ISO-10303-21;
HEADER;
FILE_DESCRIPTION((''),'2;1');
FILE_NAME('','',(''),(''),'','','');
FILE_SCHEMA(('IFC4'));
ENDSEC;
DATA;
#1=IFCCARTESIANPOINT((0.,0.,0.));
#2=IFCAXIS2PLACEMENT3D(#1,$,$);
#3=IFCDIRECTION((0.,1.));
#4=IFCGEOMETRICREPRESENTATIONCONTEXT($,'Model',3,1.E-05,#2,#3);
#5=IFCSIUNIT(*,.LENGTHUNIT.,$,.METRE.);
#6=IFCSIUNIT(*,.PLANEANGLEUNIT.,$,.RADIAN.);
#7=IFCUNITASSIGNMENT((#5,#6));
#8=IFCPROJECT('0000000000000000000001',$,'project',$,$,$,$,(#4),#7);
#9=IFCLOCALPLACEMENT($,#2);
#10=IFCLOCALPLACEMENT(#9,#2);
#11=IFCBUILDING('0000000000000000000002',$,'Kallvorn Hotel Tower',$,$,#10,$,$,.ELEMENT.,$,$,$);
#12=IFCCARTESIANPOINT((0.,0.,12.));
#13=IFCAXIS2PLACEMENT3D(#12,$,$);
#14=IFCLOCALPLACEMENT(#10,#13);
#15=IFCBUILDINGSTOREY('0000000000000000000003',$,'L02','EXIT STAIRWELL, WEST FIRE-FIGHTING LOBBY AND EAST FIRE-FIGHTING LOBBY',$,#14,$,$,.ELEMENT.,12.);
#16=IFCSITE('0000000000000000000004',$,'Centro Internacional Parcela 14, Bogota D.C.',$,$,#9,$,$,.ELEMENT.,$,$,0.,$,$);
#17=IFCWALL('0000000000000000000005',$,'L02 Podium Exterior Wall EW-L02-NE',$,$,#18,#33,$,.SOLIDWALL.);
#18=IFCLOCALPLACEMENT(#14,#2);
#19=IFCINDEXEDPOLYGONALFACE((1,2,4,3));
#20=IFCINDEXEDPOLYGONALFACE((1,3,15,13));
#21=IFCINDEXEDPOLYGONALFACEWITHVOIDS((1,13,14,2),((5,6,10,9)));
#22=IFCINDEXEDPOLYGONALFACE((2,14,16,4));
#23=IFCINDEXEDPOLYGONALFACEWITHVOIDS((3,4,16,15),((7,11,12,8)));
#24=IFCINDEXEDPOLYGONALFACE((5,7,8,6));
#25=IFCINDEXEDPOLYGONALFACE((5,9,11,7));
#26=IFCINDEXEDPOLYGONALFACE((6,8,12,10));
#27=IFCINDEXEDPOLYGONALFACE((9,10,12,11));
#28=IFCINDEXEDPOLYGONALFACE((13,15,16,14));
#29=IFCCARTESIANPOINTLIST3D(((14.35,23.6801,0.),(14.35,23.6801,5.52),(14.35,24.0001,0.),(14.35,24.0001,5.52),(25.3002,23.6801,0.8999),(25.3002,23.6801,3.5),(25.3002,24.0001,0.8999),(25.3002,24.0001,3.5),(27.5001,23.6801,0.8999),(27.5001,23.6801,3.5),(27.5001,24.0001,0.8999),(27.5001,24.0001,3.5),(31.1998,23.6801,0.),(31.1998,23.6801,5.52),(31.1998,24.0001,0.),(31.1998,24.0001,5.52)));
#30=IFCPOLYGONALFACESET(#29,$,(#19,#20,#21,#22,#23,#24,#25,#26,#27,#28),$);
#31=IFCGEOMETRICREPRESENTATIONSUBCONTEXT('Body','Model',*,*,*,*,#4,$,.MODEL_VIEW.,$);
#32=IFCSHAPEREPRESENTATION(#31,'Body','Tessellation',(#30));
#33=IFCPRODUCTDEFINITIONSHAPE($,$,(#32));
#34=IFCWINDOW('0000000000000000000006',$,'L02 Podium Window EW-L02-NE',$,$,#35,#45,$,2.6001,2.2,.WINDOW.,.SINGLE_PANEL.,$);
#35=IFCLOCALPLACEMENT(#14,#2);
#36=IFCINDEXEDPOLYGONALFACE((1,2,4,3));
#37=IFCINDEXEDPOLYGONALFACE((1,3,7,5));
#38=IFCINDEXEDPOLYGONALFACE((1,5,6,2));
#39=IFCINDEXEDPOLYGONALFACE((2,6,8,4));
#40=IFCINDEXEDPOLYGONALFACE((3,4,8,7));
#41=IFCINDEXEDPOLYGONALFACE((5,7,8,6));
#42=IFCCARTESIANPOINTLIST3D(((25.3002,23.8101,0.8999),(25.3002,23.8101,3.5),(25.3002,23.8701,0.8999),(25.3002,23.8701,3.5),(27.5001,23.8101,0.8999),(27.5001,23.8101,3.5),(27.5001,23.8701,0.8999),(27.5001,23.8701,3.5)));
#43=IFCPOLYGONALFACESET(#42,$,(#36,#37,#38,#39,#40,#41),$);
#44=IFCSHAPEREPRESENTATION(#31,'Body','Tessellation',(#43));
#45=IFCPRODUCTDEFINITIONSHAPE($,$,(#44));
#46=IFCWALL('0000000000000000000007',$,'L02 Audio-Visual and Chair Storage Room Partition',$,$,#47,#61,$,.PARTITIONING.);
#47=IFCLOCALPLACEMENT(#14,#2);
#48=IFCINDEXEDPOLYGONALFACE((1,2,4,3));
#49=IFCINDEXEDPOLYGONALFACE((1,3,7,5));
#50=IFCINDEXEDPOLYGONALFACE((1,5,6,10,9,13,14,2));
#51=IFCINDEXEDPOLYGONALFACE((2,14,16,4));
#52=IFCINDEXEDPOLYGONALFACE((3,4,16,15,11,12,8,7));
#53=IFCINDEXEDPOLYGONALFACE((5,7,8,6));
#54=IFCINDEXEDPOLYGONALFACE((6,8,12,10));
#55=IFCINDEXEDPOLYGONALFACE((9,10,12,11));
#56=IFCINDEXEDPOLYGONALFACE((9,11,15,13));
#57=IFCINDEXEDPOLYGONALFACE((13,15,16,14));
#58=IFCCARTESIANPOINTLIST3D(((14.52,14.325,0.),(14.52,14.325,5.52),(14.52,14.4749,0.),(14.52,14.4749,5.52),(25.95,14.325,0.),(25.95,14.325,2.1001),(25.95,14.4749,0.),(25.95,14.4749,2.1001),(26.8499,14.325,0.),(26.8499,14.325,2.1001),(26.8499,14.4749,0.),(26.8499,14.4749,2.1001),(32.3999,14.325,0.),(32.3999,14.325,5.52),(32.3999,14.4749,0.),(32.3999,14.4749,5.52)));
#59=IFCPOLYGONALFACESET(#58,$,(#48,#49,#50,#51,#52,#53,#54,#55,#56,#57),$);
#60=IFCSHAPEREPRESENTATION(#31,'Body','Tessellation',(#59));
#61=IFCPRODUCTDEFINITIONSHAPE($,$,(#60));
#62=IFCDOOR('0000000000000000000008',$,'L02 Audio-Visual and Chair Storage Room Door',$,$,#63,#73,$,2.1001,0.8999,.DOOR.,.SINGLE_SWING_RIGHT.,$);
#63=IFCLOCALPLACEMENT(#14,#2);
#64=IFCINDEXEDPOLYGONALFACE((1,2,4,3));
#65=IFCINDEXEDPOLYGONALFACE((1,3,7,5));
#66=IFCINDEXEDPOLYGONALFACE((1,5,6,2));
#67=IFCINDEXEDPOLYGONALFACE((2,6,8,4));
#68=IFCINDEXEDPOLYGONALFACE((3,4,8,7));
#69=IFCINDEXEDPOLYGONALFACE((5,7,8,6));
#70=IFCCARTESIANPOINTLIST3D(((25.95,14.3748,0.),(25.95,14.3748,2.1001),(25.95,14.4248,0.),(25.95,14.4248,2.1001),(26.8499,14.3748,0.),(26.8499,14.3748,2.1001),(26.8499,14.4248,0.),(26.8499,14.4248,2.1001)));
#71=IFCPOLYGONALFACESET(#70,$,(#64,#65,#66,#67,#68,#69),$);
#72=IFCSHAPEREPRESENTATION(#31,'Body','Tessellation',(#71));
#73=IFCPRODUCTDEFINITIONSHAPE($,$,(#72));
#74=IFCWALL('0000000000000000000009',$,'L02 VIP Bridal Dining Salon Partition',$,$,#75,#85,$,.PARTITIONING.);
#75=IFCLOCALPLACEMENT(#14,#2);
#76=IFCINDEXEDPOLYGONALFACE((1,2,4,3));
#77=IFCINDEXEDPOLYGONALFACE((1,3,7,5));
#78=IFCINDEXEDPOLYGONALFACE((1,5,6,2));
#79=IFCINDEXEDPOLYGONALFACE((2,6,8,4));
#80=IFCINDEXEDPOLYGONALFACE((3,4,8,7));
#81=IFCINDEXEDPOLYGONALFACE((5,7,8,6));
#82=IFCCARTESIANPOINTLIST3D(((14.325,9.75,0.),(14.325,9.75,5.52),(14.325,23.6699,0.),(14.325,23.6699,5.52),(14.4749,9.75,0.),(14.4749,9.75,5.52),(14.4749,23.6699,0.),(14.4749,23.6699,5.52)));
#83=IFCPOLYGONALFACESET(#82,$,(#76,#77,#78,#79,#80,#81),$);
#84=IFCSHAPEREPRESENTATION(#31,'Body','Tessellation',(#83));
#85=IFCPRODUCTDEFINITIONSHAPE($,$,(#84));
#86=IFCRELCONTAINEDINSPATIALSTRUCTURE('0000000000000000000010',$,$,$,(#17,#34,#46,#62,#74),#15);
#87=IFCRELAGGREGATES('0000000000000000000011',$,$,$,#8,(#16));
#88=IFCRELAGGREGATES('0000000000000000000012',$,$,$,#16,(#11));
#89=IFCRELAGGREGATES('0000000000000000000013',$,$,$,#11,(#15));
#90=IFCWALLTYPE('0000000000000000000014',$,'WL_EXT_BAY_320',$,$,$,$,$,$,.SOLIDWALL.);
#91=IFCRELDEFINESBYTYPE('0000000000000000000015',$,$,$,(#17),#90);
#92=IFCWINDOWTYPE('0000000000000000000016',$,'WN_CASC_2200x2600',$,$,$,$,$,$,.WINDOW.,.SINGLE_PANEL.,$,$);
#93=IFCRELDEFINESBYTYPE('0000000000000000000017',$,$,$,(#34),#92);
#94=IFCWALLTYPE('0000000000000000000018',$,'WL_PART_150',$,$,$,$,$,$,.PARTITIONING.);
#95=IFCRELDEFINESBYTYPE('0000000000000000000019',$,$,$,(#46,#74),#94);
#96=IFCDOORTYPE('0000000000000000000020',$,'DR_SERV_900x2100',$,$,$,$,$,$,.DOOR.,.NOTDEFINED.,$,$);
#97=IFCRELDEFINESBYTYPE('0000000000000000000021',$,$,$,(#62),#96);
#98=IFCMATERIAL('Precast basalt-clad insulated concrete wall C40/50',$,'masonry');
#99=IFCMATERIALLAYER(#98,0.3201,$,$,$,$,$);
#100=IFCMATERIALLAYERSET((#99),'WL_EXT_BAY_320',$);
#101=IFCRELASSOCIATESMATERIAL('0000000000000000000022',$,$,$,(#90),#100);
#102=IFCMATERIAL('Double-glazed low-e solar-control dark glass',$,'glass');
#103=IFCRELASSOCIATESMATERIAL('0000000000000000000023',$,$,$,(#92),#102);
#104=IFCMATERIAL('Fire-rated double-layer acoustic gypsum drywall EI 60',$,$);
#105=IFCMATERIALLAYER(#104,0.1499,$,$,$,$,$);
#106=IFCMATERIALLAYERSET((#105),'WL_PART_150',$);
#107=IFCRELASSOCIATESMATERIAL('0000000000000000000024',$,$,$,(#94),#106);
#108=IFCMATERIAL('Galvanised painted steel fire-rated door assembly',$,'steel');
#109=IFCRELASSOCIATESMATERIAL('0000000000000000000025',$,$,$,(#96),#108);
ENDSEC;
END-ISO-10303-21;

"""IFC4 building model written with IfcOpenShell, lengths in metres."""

from ifc_helpers import new_model, si_unit, direction, frame, frame_2d, origin, place, context, subcontext, project, spatial, rectangle, extrude, material, layer, layer_set, type_object, element, fill, save


model = new_model("IFC4")

# Units and contexts
model_context = context("Model", 3, precision=1e-05, world=origin(), true_north=direction((0.0, 1.0)))
body_context = subcontext(model_context, "Body", "Model", "MODEL_VIEW")
ifc_project = project(units=[si_unit("LENGTHUNIT", "METRE"), si_unit("PLANEANGLEUNIT", "RADIAN")], contexts=[model_context])

# Site, building, storey
site_placement = place(None, origin())
site = spatial("IfcSite", under=ifc_project, at=site_placement, Name="Centro Internacional Parcela 14, Bogota D.C.", CompositionType="ELEMENT", RefElevation=0.0)
building_placement = place(site_placement, origin())
building = spatial("IfcBuilding", under=site, at=building_placement, Name="Kallvorn Hotel Tower", CompositionType="ELEMENT")
storey_placement = place(building_placement, frame((0.0, 0.0, 12.0)))
storey = spatial("IfcBuildingStorey", under=building, at=storey_placement, Name="L02", Description="EXIT STAIRWELL, WEST FIRE-FIGHTING LOBBY AND EAST FIRE-FIGHTING LOBBY", CompositionType="ELEMENT", Elevation=12.0)

# Wall, opening, window
ifc_material_1 = material(Name="Precast basalt-clad insulated concrete wall C40/50", Category="masonry")
ifc_layer_1 = layer(ifc_material_1, 0.3201)
ifc_layer_set_1 = layer_set([ifc_layer_1], Name="WL_EXT_BAY_320")
wall_type_1 = type_object("IfcWallType", Name="WL_EXT_BAY_320", PredefinedType="SOLIDWALL", material=ifc_layer_set_1)
wall_1_placement = place(storey_placement, frame((14.3501, 23.8401, 0.0), z_axis=(0.0, 0.0, 1.0), x_axis=(1.0, 0.0, 0.0)))
wall_1 = element("IfcWall", 1, at=wall_1_placement, inside=storey, type_object=wall_type_1, Name="L02 Podium Exterior Wall EW-L02-NE", PredefinedType="SOLIDWALL", context=body_context, shape_type="SweptSolid", body=[
    extrude(rectangle(XDim=16.8499, YDim=0.3201, at=frame_2d((8.4248, 0.0))), origin(), (0.0, 0.0, 1.0), 5.52),
])
opening_1_placement = place(wall_1_placement, frame((10.95, 0.0, 0.8999)))
opening_1 = element("IfcOpeningElement", 2, at=opening_1_placement, cuts=wall_1, PredefinedType="OPENING", context=body_context, shape_type="SweptSolid", body=[
    extrude(rectangle(XDim=2.2, YDim=2.6001, at=frame_2d((1.1001, 1.3))), frame((0.0, 0.175, 0.0), z_axis=(0.0, -1.0, 0.0), x_axis=(1.0, 0.0, 0.0)), (0.0, 0.0, 1.0), 0.3501),
])
ifc_material_2 = material(Name="Double-glazed low-e solar-control dark glass", Category="glass")
window_type = type_object("IfcWindowType", Name="WN_CASC_2200x2600", PartitioningType="SINGLE_PANEL", PredefinedType="WINDOW", material=ifc_material_2)
window_placement = place(opening_1_placement, origin())
window = element("IfcWindow", 3, at=window_placement, inside=storey, type_object=window_type, Name="L02 Podium Window EW-L02-NE", OverallHeight=2.6001, OverallWidth=2.2, PartitioningType="SINGLE_PANEL", PredefinedType="WINDOW", context=body_context, shape_type="SweptSolid", body=[
    extrude(rectangle(XDim=2.2, YDim=2.6001, at=frame_2d((1.1001, 1.3))), frame((0.0, 0.03, 0.0), z_axis=(0.0, -1.0, 0.0), x_axis=(1.0, 0.0, 0.0)), (0.0, 0.0, 1.0), 0.0601),
])
fill(opening_1, window)

# Wall, opening, door
ifc_material_3 = material(Name="Fire-rated double-layer acoustic gypsum drywall EI 60")
ifc_layer_2 = layer(ifc_material_3, 0.1499)
ifc_layer_set_2 = layer_set([ifc_layer_2], Name="WL_PART_150")
wall_type_2 = type_object("IfcWallType", Name="WL_PART_150", PredefinedType="PARTITIONING", material=ifc_layer_set_2)
wall_2_placement = place(storey_placement, frame((14.52, 14.3999, 0.0), z_axis=(0.0, 0.0, 1.0), x_axis=(1.0, 0.0, 0.0)))
wall_2 = element("IfcWall", 4, at=wall_2_placement, inside=storey, type_object=wall_type_2, Name="L02 Audio-Visual and Chair Storage Room Partition", PredefinedType="PARTITIONING", context=body_context, shape_type="SweptSolid", body=[
    extrude(rectangle(XDim=17.8799, YDim=0.1499, at=frame_2d((8.9399, 0.0))), origin(), (0.0, 0.0, 1.0), 5.52),
])
opening_2_placement = place(wall_2_placement, frame((11.4299, 0.0, 0.0)))
opening_2 = element("IfcOpeningElement", 5, at=opening_2_placement, cuts=wall_2, PredefinedType="OPENING", context=body_context, shape_type="SweptSolid", body=[
    extrude(rectangle(XDim=0.8999, YDim=2.1001, at=frame_2d((0.45, 1.05))), frame((0.0, 0.0898, 0.0), z_axis=(0.0, -1.0, 0.0), x_axis=(1.0, 0.0, 0.0)), (0.0, 0.0, 1.0), 0.1799),
])
ifc_material_4 = material(Name="Galvanised painted steel fire-rated door assembly", Category="steel")
door_type = type_object("IfcDoorType", Name="DR_SERV_900x2100", OperationType="NOTDEFINED", PredefinedType="DOOR", material=ifc_material_4)
door_placement = place(opening_2_placement, origin())
door = element("IfcDoor", 6, at=door_placement, inside=storey, type_object=door_type, Name="L02 Audio-Visual and Chair Storage Room Door", OperationType="SINGLE_SWING_RIGHT", OverallHeight=2.1001, OverallWidth=0.8999, PredefinedType="DOOR", context=body_context, shape_type="SweptSolid", body=[
    extrude(rectangle(XDim=0.8999, YDim=2.1001, at=frame_2d((0.45, 1.05))), frame((0.0, 0.0249, 0.0), z_axis=(0.0, -1.0, 0.0), x_axis=(1.0, 0.0, 0.0)), (0.0, 0.0, 1.0), 0.05),
])
fill(opening_2, door)

# Wall
wall_3_placement = place(storey_placement, frame((14.3999, 9.75, 0.0), z_axis=(0.0, 0.0, 1.0), x_axis=(0.0, 1.0, 0.0)))
element("IfcWall", 7, at=wall_3_placement, inside=storey, type_object=wall_type_2, Name="L02 VIP Bridal Dining Salon Partition", PredefinedType="PARTITIONING", context=body_context, shape_type="SweptSolid", body=[
    extrude(rectangle(XDim=13.9199, YDim=0.1499, at=frame_2d((6.96, 0.0))), origin(), (0.0, 0.0, 1.0), 5.52),
])

save(model, "model.ifc")
